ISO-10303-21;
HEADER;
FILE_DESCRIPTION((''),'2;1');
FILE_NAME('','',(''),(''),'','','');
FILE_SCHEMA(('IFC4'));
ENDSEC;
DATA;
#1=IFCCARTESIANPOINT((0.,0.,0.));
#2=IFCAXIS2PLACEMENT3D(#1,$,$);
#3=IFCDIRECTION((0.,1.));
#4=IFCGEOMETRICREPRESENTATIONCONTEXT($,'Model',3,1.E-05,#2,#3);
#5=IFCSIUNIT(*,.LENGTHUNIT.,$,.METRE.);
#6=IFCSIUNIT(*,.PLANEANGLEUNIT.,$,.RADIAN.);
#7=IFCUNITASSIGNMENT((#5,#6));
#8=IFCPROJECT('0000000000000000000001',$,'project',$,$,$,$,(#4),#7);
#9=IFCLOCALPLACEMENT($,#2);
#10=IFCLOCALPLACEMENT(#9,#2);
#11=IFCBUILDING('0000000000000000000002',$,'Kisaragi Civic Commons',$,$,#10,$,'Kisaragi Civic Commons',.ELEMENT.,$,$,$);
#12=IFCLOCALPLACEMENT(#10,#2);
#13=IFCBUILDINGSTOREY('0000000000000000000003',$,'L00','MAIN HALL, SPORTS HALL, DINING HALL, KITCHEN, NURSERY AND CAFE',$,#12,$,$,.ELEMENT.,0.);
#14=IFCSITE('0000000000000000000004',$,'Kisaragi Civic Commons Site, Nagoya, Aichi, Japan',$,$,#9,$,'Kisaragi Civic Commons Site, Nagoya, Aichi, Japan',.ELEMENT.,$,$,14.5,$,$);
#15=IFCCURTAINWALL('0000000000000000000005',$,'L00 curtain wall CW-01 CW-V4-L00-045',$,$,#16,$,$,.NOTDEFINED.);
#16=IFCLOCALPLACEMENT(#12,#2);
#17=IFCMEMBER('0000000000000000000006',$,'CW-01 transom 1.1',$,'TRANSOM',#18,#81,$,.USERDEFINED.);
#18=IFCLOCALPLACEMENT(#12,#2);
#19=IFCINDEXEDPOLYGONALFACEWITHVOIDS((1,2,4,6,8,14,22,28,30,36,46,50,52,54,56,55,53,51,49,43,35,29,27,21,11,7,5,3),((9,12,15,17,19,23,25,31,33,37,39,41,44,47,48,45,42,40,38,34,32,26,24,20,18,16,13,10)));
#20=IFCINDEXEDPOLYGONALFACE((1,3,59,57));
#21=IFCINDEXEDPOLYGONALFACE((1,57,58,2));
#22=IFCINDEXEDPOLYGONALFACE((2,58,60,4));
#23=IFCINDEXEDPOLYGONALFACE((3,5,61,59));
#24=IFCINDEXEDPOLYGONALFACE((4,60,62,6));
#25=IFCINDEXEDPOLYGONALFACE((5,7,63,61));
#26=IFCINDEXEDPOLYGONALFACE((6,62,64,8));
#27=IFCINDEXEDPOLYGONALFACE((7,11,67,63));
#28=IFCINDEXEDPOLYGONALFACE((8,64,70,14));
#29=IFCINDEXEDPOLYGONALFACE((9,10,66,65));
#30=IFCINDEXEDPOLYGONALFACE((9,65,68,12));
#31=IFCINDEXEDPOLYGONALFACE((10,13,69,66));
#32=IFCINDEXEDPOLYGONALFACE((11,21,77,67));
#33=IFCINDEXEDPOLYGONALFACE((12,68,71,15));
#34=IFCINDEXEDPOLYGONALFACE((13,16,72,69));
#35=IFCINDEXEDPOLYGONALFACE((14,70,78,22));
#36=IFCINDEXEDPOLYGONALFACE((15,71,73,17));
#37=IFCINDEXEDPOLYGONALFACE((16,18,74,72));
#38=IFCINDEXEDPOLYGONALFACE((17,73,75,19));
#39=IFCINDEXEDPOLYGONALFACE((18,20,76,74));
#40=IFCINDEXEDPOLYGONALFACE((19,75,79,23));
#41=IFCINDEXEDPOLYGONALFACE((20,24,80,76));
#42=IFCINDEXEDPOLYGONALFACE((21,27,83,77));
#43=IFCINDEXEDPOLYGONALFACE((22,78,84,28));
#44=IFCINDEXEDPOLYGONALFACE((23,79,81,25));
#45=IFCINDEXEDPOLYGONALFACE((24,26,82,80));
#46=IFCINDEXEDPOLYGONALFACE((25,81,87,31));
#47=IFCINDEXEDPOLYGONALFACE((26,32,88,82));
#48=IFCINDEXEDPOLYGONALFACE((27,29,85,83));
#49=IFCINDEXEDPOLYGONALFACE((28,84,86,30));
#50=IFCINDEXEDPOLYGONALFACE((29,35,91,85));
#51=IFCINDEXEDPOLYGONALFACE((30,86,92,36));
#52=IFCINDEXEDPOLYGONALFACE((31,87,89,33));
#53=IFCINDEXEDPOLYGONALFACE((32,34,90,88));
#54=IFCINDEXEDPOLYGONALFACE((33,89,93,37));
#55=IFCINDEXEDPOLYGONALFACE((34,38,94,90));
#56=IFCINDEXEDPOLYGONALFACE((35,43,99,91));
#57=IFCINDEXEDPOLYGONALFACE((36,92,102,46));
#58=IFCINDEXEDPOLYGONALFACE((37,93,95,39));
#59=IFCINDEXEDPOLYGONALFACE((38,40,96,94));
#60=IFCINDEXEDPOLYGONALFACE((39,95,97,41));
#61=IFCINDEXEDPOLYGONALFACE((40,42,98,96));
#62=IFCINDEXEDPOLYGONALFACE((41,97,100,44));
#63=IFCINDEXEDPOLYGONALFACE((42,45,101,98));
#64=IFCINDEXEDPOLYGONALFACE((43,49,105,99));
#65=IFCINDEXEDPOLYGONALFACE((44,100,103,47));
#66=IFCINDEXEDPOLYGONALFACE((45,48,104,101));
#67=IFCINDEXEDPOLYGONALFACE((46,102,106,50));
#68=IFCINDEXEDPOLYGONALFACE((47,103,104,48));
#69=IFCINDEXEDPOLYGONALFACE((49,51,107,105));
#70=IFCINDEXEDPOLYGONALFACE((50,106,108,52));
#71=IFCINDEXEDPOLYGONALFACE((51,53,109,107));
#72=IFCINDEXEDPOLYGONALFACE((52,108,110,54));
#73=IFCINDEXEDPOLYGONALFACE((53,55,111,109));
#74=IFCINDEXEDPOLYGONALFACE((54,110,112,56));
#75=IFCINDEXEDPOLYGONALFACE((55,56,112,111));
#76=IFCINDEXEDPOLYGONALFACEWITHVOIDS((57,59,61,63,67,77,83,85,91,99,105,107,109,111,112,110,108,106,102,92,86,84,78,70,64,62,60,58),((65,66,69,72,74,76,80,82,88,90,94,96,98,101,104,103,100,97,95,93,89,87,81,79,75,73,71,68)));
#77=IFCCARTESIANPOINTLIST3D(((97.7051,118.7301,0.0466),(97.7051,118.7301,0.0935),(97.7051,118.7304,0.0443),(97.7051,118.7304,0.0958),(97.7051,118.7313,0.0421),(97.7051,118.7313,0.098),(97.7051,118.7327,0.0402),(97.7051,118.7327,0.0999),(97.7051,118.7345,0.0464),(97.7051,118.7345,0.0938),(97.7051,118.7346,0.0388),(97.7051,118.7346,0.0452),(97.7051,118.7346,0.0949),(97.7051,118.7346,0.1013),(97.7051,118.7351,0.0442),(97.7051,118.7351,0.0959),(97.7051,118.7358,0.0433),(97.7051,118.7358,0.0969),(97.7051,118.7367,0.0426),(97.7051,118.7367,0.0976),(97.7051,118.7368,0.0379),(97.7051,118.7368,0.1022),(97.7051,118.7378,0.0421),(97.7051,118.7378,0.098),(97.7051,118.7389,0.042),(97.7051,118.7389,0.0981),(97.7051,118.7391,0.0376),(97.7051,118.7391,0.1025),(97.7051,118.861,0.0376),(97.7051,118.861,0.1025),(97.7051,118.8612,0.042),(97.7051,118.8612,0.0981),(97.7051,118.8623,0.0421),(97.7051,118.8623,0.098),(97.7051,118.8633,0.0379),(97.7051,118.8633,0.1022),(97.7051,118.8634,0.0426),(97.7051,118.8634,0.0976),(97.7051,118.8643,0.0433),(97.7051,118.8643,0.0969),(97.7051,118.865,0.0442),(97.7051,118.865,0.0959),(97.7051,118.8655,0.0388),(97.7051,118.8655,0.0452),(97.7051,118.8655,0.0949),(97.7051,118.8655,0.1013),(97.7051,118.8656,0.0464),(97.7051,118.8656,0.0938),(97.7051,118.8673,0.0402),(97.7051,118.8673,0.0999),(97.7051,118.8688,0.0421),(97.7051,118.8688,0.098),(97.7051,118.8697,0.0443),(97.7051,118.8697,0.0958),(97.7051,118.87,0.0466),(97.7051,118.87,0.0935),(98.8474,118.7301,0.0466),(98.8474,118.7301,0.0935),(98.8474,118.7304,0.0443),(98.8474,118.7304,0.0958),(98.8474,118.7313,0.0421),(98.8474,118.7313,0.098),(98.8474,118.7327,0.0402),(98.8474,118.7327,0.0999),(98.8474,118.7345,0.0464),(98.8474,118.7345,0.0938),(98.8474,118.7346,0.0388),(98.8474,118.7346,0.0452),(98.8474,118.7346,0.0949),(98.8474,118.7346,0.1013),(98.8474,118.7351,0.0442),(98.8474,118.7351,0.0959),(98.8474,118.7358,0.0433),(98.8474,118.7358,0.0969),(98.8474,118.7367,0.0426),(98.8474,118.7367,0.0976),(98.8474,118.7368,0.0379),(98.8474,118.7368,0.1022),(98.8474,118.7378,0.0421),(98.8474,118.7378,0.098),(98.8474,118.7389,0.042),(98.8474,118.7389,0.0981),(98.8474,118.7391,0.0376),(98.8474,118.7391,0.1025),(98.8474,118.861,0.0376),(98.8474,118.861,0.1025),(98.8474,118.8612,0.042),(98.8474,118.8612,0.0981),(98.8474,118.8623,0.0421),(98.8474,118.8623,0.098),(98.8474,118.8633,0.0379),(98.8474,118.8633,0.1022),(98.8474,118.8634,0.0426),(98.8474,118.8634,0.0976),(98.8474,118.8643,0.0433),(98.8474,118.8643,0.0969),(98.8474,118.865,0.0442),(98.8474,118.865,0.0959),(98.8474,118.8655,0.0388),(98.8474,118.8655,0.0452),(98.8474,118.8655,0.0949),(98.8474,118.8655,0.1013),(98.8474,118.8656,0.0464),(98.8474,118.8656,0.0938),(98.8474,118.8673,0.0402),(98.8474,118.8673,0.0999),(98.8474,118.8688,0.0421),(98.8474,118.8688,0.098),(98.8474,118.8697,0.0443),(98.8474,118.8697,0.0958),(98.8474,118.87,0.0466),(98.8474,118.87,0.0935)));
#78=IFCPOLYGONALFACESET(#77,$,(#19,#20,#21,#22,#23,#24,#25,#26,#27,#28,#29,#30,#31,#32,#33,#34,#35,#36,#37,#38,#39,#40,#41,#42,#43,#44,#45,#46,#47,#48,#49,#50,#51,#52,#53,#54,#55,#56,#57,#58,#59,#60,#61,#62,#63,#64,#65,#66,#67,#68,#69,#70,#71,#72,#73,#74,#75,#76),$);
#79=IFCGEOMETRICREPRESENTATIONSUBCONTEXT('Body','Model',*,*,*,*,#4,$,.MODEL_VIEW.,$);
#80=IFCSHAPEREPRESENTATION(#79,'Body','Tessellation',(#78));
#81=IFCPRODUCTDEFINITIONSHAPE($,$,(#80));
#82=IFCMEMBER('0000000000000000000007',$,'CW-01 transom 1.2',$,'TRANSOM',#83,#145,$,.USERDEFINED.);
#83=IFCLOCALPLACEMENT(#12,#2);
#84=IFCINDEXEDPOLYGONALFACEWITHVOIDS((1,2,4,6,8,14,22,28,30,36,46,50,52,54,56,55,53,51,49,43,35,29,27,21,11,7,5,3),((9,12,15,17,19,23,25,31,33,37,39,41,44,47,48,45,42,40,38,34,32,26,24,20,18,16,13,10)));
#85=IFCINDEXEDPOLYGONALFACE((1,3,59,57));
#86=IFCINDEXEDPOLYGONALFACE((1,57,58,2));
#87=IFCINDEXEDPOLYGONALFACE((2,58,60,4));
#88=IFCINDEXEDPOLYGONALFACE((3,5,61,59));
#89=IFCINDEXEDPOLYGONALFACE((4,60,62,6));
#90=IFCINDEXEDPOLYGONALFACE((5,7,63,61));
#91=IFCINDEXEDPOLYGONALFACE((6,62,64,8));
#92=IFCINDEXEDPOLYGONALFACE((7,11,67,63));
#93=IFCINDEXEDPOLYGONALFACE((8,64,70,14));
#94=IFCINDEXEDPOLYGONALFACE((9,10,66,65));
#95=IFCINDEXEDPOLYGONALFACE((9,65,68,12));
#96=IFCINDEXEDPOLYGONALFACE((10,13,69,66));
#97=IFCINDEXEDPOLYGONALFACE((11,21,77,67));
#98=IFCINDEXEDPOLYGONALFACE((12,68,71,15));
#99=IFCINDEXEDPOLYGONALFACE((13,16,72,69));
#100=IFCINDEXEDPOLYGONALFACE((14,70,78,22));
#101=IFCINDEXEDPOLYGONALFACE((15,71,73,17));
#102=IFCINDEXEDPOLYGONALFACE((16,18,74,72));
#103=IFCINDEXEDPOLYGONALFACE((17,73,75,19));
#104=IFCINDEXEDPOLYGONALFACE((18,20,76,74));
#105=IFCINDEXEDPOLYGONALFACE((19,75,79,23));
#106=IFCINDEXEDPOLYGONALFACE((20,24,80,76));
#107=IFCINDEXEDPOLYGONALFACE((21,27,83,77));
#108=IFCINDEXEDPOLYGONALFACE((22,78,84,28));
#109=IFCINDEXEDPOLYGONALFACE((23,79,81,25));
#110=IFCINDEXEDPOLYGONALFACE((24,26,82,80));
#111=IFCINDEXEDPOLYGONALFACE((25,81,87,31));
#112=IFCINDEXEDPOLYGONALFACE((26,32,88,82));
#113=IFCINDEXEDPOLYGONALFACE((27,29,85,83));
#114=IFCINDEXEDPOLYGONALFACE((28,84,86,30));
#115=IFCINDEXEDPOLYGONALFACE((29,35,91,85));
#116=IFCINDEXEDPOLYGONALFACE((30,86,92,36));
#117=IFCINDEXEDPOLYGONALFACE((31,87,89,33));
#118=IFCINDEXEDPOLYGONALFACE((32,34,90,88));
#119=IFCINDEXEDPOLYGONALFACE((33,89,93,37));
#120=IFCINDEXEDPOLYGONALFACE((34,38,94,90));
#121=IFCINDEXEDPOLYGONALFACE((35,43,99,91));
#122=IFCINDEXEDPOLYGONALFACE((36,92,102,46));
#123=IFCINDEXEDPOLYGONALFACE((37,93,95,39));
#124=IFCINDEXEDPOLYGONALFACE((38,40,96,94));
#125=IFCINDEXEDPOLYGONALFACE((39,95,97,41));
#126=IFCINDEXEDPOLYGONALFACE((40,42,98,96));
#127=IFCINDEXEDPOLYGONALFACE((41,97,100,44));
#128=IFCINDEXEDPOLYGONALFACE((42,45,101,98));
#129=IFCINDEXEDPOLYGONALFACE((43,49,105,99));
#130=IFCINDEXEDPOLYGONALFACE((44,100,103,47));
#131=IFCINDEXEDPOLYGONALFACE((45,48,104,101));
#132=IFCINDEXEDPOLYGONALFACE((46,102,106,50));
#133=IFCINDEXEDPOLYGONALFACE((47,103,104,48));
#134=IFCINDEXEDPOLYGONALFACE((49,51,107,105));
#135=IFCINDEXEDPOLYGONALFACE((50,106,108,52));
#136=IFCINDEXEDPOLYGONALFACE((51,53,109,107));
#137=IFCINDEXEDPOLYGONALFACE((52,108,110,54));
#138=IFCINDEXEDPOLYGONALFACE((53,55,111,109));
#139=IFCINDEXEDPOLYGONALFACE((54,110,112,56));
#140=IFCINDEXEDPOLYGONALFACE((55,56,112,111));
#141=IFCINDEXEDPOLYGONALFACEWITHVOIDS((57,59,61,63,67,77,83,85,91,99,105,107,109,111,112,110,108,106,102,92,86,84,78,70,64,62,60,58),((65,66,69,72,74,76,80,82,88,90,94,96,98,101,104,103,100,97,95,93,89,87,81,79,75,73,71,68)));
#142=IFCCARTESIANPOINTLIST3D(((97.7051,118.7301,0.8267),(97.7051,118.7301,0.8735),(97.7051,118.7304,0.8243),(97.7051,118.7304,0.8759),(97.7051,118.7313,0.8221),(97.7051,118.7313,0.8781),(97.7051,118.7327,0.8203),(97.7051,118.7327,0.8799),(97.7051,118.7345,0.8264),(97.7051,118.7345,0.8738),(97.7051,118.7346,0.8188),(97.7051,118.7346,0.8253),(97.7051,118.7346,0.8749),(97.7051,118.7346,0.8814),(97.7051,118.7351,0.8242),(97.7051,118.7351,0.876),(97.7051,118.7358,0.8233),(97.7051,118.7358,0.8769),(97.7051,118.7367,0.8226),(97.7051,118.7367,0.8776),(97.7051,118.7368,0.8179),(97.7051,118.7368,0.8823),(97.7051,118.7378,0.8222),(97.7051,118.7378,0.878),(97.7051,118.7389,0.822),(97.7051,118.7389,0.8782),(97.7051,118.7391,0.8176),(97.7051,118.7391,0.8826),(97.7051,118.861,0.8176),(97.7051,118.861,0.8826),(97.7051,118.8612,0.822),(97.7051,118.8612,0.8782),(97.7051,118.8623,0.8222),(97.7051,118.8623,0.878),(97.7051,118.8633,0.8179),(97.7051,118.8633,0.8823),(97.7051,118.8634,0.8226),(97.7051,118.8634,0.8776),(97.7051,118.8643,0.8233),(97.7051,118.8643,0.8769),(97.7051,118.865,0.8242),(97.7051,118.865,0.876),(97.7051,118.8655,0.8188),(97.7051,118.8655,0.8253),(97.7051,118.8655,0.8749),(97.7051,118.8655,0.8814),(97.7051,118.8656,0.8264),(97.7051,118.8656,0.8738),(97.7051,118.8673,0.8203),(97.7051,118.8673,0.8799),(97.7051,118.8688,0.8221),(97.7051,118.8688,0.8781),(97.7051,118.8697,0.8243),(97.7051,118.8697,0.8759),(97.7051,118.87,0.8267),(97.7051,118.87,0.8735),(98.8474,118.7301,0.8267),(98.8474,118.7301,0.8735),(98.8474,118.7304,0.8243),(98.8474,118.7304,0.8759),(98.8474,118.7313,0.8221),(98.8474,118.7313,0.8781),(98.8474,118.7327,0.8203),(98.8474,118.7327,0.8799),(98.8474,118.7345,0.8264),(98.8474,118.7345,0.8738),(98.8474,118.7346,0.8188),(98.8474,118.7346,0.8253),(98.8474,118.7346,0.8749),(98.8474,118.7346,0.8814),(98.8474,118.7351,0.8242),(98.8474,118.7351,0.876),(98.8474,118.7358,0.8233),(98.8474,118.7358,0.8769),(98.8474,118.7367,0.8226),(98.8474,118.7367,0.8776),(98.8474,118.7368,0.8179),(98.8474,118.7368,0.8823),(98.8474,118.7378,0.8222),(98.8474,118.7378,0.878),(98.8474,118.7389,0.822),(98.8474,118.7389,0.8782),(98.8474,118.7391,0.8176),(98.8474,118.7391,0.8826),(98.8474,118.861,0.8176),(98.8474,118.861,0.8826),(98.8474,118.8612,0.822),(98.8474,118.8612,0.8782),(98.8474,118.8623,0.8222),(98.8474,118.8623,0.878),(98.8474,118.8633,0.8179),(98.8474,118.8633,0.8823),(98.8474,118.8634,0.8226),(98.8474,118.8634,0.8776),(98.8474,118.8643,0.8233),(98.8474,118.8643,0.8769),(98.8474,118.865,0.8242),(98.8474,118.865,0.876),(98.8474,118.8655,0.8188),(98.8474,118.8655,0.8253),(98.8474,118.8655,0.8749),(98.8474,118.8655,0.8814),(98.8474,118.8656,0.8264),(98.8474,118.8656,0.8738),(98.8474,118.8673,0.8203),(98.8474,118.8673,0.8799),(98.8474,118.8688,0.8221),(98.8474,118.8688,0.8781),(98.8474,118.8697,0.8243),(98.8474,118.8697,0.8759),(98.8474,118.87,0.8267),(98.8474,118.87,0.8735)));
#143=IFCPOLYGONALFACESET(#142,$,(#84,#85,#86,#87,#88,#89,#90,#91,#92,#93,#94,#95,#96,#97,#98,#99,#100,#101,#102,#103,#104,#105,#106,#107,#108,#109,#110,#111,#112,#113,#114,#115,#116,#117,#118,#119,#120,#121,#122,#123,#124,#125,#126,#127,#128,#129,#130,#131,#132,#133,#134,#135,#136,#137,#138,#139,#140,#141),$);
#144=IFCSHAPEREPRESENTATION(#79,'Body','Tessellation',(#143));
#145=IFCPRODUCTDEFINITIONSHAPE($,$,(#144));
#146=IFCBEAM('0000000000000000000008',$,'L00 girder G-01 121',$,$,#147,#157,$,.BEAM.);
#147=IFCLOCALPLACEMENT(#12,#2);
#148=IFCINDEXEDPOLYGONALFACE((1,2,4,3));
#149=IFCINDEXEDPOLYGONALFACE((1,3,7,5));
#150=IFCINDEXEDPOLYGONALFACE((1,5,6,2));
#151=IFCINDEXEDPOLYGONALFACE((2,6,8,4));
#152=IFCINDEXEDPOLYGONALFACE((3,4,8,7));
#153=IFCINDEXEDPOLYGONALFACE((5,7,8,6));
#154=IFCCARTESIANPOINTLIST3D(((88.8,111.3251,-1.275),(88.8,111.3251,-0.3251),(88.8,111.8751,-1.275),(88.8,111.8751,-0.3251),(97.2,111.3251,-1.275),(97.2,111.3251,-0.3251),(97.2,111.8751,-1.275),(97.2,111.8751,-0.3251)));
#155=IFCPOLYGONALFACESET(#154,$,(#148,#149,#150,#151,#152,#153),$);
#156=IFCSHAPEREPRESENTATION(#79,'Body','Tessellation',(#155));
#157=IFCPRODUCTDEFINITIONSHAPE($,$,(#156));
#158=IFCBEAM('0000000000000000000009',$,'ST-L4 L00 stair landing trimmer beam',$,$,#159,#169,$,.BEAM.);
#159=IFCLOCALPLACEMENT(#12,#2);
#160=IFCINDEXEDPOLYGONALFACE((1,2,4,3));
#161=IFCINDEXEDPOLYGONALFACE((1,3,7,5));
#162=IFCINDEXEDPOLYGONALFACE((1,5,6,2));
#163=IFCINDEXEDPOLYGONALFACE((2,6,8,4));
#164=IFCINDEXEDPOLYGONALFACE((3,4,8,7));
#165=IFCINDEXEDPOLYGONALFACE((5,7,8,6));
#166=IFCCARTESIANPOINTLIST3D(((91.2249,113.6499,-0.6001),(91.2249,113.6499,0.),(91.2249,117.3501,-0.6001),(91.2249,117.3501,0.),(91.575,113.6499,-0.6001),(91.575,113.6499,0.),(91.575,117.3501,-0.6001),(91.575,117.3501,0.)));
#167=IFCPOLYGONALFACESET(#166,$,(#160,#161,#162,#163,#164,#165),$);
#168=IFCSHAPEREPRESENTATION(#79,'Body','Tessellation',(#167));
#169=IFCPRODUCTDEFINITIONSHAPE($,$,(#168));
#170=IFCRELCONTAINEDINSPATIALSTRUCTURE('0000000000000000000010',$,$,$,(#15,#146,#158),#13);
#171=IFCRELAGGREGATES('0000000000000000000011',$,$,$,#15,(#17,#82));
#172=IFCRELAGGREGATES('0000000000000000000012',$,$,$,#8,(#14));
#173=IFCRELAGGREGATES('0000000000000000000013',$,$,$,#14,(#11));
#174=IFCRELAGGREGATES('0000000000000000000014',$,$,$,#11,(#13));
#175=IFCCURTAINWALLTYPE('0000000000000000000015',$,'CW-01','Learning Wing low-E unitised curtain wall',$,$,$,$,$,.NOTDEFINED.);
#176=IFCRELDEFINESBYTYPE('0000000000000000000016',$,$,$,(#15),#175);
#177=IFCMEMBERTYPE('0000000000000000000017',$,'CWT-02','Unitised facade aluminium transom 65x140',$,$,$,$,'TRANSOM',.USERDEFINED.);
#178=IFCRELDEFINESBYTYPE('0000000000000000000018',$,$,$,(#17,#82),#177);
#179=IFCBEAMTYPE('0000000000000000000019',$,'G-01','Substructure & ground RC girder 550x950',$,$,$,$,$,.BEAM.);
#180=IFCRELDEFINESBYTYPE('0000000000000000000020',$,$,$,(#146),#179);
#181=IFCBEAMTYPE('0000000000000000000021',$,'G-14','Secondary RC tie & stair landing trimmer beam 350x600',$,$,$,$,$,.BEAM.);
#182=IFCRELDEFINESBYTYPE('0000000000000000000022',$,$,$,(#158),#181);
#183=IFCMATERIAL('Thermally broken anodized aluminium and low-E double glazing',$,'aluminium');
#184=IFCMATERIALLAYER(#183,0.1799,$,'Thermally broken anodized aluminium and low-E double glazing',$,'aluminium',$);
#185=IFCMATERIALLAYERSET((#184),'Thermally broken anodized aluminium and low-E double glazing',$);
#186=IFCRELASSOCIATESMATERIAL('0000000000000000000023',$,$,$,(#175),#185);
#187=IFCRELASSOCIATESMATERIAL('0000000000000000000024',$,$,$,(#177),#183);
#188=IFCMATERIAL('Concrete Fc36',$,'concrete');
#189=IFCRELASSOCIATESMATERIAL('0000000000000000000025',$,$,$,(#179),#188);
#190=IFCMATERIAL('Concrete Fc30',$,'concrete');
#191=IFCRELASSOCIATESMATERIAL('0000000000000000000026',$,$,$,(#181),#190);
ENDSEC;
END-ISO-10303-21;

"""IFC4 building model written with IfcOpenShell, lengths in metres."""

from ifc_helpers import new_model, si_unit, direction, frame, origin, origin_2d, place, context, subcontext, project, spatial, rectangle, hollow_rectangle, extrude, material, layer, layer_set, material_profile, profile_set, type_object, element, aggregate, save


model = new_model("IFC4")

# Units and contexts
model_context = context("Model", 3, precision=1e-05, world=origin(), true_north=direction((0.0, 1.0)))
body_context = subcontext(model_context, "Body", "Model", "MODEL_VIEW")
ifc_project = project(units=[si_unit("LENGTHUNIT", "METRE"), si_unit("PLANEANGLEUNIT", "RADIAN")], contexts=[model_context])

# Site, building, storey
site_placement = place(None, origin())
site = spatial("IfcSite", under=ifc_project, at=site_placement, Name="Kisaragi Civic Commons Site, Nagoya, Aichi, Japan", LongName="Kisaragi Civic Commons Site, Nagoya, Aichi, Japan", CompositionType="ELEMENT", RefElevation=14.5)
building_placement = place(site_placement, origin())
building = spatial("IfcBuilding", under=site, at=building_placement, Name="Kisaragi Civic Commons", LongName="Kisaragi Civic Commons", CompositionType="ELEMENT")
storey_placement = place(building_placement, origin())
storey = spatial("IfcBuildingStorey", under=building, at=storey_placement, Name="L00", Description="MAIN HALL, SPORTS HALL, DINING HALL, KITCHEN, NURSERY AND CAFE", CompositionType="ELEMENT", Elevation=0.0)

# Shared definitions
ifc_material_1 = material(Name="Concrete Fc36", Category="concrete")

# Curtain wall, members
ifc_material_2 = material(Name="Thermally broken anodized aluminium and low-E double glazing", Category="aluminium")
ifc_layer_1 = layer(ifc_material_2, 0.1799, Name="Thermally broken anodized aluminium and low-E double glazing", Category="aluminium")
ifc_layer_set_1 = layer_set([ifc_layer_1], Name="Thermally broken anodized aluminium and low-E double glazing")
curtain_wall_type = type_object("IfcCurtainWallType", Name="CW-01", Description="Learning Wing low-E unitised curtain wall", PredefinedType="NOTDEFINED", material=ifc_layer_set_1)
curtain_wall_placement = place(storey_placement, origin())
curtain_wall = element("IfcCurtainWall", 1, at=curtain_wall_placement, inside=storey, type_object=curtain_wall_type, Name="L00 curtain wall CW-01 CW-V4-L00-045", PredefinedType="NOTDEFINED")
ifc_material_profile_1 = material_profile(ifc_material_2, hollow_rectangle(XDim=0.1399, YDim=0.0649, WallThickness=0.0044, InnerFilletRadius=0.0044, OuterFilletRadius=0.009, at=origin_2d()), Name="CWT-65x140x4.5", Category="aluminium")
ifc_profile_set_1 = profile_set([ifc_material_profile_1], Name="Thermally broken anodized aluminium and low-E double glazing")
member_type_1 = type_object("IfcMemberType", Name="CWT-02", Description="Unitised facade aluminium transom 65x140", ElementType="TRANSOM", PredefinedType="USERDEFINED", material=ifc_profile_set_1)
member_1_placement = place(storey_placement, frame((97.7051, 118.8, 0.0701), z_axis=(1.0, 0.0, 0.0), x_axis=(0.0, 1.0, 0.0)))
member_1 = element("IfcMember", 2, at=member_1_placement, type_object=member_type_1, Name="CW-01 transom 1.1", ObjectType="TRANSOM", PredefinedType="USERDEFINED", context=body_context, shape_type="SweptSolid", body=[
    extrude(hollow_rectangle(XDim=0.1399, YDim=0.0649, WallThickness=0.0044, InnerFilletRadius=0.0044, OuterFilletRadius=0.009, at=origin_2d()), origin(), (0.0, 0.0, 1.0), 1.1423),
])
member_2_placement = place(storey_placement, frame((97.7051, 118.8, 0.8501), z_axis=(1.0, 0.0, 0.0), x_axis=(0.0, 1.0, 0.0)))
member_2 = element("IfcMember", 3, at=member_2_placement, type_object=member_type_1, Name="CW-01 transom 1.2", ObjectType="TRANSOM", PredefinedType="USERDEFINED", context=body_context, shape_type="SweptSolid", body=[
    extrude(hollow_rectangle(XDim=0.1399, YDim=0.0649, WallThickness=0.0044, InnerFilletRadius=0.0044, OuterFilletRadius=0.009, at=origin_2d()), origin(), (0.0, 0.0, 1.0), 1.1423),
])
aggregate(curtain_wall, [member_1, member_2])

# Beams
ifc_material_profile_2 = material_profile(ifc_material_1, rectangle(XDim=0.55, YDim=0.95, at=origin_2d()), Name="RC-550x950", Category="concrete")
ifc_profile_set_2 = profile_set([ifc_material_profile_2], Name="Concrete Fc36")
beam_type_1 = type_object("IfcBeamType", Name="G-01", Description="Substructure & ground RC girder 550x950", PredefinedType="BEAM", material=ifc_profile_set_2)
beam_1_placement = place(storey_placement, frame((88.8, 111.6001, -0.8), z_axis=(1.0, 0.0, 0.0), x_axis=(0.0, 1.0, 0.0)))
element("IfcBeam", 4, at=beam_1_placement, inside=storey, type_object=beam_type_1, Name="L00 girder G-01 121", PredefinedType="BEAM", context=body_context, shape_type="SweptSolid", body=[
    extrude(rectangle(XDim=0.55, YDim=0.95, at=origin_2d()), origin(), (0.0, 0.0, 1.0), 8.3999),
])
ifc_material_3 = material(Name="Concrete Fc30", Category="concrete")
ifc_material_profile_3 = material_profile(ifc_material_3, rectangle(XDim=0.3501, YDim=0.6001, at=origin_2d()), Name="RC-350x600", Category="concrete")
ifc_profile_set_3 = profile_set([ifc_material_profile_3], Name="Concrete Fc30")
beam_type_2 = type_object("IfcBeamType", Name="G-14", Description="Secondary RC tie & stair landing trimmer beam 350x600", PredefinedType="BEAM", material=ifc_profile_set_3)
beam_2_placement = place(storey_placement, frame((91.3999, 113.6499, -0.3), z_axis=(0.0, 1.0, 0.0), x_axis=(-1.0, 0.0, 0.0)))
element("IfcBeam", 5, at=beam_2_placement, inside=storey, type_object=beam_type_2, Name="ST-L4 L00 stair landing trimmer beam", PredefinedType="BEAM", context=body_context, shape_type="SweptSolid", body=[
    extrude(rectangle(XDim=0.3501, YDim=0.6001, at=origin_2d()), origin(), (0.0, 0.0, 1.0), 3.7002),
])

save(model, "model.ifc")
